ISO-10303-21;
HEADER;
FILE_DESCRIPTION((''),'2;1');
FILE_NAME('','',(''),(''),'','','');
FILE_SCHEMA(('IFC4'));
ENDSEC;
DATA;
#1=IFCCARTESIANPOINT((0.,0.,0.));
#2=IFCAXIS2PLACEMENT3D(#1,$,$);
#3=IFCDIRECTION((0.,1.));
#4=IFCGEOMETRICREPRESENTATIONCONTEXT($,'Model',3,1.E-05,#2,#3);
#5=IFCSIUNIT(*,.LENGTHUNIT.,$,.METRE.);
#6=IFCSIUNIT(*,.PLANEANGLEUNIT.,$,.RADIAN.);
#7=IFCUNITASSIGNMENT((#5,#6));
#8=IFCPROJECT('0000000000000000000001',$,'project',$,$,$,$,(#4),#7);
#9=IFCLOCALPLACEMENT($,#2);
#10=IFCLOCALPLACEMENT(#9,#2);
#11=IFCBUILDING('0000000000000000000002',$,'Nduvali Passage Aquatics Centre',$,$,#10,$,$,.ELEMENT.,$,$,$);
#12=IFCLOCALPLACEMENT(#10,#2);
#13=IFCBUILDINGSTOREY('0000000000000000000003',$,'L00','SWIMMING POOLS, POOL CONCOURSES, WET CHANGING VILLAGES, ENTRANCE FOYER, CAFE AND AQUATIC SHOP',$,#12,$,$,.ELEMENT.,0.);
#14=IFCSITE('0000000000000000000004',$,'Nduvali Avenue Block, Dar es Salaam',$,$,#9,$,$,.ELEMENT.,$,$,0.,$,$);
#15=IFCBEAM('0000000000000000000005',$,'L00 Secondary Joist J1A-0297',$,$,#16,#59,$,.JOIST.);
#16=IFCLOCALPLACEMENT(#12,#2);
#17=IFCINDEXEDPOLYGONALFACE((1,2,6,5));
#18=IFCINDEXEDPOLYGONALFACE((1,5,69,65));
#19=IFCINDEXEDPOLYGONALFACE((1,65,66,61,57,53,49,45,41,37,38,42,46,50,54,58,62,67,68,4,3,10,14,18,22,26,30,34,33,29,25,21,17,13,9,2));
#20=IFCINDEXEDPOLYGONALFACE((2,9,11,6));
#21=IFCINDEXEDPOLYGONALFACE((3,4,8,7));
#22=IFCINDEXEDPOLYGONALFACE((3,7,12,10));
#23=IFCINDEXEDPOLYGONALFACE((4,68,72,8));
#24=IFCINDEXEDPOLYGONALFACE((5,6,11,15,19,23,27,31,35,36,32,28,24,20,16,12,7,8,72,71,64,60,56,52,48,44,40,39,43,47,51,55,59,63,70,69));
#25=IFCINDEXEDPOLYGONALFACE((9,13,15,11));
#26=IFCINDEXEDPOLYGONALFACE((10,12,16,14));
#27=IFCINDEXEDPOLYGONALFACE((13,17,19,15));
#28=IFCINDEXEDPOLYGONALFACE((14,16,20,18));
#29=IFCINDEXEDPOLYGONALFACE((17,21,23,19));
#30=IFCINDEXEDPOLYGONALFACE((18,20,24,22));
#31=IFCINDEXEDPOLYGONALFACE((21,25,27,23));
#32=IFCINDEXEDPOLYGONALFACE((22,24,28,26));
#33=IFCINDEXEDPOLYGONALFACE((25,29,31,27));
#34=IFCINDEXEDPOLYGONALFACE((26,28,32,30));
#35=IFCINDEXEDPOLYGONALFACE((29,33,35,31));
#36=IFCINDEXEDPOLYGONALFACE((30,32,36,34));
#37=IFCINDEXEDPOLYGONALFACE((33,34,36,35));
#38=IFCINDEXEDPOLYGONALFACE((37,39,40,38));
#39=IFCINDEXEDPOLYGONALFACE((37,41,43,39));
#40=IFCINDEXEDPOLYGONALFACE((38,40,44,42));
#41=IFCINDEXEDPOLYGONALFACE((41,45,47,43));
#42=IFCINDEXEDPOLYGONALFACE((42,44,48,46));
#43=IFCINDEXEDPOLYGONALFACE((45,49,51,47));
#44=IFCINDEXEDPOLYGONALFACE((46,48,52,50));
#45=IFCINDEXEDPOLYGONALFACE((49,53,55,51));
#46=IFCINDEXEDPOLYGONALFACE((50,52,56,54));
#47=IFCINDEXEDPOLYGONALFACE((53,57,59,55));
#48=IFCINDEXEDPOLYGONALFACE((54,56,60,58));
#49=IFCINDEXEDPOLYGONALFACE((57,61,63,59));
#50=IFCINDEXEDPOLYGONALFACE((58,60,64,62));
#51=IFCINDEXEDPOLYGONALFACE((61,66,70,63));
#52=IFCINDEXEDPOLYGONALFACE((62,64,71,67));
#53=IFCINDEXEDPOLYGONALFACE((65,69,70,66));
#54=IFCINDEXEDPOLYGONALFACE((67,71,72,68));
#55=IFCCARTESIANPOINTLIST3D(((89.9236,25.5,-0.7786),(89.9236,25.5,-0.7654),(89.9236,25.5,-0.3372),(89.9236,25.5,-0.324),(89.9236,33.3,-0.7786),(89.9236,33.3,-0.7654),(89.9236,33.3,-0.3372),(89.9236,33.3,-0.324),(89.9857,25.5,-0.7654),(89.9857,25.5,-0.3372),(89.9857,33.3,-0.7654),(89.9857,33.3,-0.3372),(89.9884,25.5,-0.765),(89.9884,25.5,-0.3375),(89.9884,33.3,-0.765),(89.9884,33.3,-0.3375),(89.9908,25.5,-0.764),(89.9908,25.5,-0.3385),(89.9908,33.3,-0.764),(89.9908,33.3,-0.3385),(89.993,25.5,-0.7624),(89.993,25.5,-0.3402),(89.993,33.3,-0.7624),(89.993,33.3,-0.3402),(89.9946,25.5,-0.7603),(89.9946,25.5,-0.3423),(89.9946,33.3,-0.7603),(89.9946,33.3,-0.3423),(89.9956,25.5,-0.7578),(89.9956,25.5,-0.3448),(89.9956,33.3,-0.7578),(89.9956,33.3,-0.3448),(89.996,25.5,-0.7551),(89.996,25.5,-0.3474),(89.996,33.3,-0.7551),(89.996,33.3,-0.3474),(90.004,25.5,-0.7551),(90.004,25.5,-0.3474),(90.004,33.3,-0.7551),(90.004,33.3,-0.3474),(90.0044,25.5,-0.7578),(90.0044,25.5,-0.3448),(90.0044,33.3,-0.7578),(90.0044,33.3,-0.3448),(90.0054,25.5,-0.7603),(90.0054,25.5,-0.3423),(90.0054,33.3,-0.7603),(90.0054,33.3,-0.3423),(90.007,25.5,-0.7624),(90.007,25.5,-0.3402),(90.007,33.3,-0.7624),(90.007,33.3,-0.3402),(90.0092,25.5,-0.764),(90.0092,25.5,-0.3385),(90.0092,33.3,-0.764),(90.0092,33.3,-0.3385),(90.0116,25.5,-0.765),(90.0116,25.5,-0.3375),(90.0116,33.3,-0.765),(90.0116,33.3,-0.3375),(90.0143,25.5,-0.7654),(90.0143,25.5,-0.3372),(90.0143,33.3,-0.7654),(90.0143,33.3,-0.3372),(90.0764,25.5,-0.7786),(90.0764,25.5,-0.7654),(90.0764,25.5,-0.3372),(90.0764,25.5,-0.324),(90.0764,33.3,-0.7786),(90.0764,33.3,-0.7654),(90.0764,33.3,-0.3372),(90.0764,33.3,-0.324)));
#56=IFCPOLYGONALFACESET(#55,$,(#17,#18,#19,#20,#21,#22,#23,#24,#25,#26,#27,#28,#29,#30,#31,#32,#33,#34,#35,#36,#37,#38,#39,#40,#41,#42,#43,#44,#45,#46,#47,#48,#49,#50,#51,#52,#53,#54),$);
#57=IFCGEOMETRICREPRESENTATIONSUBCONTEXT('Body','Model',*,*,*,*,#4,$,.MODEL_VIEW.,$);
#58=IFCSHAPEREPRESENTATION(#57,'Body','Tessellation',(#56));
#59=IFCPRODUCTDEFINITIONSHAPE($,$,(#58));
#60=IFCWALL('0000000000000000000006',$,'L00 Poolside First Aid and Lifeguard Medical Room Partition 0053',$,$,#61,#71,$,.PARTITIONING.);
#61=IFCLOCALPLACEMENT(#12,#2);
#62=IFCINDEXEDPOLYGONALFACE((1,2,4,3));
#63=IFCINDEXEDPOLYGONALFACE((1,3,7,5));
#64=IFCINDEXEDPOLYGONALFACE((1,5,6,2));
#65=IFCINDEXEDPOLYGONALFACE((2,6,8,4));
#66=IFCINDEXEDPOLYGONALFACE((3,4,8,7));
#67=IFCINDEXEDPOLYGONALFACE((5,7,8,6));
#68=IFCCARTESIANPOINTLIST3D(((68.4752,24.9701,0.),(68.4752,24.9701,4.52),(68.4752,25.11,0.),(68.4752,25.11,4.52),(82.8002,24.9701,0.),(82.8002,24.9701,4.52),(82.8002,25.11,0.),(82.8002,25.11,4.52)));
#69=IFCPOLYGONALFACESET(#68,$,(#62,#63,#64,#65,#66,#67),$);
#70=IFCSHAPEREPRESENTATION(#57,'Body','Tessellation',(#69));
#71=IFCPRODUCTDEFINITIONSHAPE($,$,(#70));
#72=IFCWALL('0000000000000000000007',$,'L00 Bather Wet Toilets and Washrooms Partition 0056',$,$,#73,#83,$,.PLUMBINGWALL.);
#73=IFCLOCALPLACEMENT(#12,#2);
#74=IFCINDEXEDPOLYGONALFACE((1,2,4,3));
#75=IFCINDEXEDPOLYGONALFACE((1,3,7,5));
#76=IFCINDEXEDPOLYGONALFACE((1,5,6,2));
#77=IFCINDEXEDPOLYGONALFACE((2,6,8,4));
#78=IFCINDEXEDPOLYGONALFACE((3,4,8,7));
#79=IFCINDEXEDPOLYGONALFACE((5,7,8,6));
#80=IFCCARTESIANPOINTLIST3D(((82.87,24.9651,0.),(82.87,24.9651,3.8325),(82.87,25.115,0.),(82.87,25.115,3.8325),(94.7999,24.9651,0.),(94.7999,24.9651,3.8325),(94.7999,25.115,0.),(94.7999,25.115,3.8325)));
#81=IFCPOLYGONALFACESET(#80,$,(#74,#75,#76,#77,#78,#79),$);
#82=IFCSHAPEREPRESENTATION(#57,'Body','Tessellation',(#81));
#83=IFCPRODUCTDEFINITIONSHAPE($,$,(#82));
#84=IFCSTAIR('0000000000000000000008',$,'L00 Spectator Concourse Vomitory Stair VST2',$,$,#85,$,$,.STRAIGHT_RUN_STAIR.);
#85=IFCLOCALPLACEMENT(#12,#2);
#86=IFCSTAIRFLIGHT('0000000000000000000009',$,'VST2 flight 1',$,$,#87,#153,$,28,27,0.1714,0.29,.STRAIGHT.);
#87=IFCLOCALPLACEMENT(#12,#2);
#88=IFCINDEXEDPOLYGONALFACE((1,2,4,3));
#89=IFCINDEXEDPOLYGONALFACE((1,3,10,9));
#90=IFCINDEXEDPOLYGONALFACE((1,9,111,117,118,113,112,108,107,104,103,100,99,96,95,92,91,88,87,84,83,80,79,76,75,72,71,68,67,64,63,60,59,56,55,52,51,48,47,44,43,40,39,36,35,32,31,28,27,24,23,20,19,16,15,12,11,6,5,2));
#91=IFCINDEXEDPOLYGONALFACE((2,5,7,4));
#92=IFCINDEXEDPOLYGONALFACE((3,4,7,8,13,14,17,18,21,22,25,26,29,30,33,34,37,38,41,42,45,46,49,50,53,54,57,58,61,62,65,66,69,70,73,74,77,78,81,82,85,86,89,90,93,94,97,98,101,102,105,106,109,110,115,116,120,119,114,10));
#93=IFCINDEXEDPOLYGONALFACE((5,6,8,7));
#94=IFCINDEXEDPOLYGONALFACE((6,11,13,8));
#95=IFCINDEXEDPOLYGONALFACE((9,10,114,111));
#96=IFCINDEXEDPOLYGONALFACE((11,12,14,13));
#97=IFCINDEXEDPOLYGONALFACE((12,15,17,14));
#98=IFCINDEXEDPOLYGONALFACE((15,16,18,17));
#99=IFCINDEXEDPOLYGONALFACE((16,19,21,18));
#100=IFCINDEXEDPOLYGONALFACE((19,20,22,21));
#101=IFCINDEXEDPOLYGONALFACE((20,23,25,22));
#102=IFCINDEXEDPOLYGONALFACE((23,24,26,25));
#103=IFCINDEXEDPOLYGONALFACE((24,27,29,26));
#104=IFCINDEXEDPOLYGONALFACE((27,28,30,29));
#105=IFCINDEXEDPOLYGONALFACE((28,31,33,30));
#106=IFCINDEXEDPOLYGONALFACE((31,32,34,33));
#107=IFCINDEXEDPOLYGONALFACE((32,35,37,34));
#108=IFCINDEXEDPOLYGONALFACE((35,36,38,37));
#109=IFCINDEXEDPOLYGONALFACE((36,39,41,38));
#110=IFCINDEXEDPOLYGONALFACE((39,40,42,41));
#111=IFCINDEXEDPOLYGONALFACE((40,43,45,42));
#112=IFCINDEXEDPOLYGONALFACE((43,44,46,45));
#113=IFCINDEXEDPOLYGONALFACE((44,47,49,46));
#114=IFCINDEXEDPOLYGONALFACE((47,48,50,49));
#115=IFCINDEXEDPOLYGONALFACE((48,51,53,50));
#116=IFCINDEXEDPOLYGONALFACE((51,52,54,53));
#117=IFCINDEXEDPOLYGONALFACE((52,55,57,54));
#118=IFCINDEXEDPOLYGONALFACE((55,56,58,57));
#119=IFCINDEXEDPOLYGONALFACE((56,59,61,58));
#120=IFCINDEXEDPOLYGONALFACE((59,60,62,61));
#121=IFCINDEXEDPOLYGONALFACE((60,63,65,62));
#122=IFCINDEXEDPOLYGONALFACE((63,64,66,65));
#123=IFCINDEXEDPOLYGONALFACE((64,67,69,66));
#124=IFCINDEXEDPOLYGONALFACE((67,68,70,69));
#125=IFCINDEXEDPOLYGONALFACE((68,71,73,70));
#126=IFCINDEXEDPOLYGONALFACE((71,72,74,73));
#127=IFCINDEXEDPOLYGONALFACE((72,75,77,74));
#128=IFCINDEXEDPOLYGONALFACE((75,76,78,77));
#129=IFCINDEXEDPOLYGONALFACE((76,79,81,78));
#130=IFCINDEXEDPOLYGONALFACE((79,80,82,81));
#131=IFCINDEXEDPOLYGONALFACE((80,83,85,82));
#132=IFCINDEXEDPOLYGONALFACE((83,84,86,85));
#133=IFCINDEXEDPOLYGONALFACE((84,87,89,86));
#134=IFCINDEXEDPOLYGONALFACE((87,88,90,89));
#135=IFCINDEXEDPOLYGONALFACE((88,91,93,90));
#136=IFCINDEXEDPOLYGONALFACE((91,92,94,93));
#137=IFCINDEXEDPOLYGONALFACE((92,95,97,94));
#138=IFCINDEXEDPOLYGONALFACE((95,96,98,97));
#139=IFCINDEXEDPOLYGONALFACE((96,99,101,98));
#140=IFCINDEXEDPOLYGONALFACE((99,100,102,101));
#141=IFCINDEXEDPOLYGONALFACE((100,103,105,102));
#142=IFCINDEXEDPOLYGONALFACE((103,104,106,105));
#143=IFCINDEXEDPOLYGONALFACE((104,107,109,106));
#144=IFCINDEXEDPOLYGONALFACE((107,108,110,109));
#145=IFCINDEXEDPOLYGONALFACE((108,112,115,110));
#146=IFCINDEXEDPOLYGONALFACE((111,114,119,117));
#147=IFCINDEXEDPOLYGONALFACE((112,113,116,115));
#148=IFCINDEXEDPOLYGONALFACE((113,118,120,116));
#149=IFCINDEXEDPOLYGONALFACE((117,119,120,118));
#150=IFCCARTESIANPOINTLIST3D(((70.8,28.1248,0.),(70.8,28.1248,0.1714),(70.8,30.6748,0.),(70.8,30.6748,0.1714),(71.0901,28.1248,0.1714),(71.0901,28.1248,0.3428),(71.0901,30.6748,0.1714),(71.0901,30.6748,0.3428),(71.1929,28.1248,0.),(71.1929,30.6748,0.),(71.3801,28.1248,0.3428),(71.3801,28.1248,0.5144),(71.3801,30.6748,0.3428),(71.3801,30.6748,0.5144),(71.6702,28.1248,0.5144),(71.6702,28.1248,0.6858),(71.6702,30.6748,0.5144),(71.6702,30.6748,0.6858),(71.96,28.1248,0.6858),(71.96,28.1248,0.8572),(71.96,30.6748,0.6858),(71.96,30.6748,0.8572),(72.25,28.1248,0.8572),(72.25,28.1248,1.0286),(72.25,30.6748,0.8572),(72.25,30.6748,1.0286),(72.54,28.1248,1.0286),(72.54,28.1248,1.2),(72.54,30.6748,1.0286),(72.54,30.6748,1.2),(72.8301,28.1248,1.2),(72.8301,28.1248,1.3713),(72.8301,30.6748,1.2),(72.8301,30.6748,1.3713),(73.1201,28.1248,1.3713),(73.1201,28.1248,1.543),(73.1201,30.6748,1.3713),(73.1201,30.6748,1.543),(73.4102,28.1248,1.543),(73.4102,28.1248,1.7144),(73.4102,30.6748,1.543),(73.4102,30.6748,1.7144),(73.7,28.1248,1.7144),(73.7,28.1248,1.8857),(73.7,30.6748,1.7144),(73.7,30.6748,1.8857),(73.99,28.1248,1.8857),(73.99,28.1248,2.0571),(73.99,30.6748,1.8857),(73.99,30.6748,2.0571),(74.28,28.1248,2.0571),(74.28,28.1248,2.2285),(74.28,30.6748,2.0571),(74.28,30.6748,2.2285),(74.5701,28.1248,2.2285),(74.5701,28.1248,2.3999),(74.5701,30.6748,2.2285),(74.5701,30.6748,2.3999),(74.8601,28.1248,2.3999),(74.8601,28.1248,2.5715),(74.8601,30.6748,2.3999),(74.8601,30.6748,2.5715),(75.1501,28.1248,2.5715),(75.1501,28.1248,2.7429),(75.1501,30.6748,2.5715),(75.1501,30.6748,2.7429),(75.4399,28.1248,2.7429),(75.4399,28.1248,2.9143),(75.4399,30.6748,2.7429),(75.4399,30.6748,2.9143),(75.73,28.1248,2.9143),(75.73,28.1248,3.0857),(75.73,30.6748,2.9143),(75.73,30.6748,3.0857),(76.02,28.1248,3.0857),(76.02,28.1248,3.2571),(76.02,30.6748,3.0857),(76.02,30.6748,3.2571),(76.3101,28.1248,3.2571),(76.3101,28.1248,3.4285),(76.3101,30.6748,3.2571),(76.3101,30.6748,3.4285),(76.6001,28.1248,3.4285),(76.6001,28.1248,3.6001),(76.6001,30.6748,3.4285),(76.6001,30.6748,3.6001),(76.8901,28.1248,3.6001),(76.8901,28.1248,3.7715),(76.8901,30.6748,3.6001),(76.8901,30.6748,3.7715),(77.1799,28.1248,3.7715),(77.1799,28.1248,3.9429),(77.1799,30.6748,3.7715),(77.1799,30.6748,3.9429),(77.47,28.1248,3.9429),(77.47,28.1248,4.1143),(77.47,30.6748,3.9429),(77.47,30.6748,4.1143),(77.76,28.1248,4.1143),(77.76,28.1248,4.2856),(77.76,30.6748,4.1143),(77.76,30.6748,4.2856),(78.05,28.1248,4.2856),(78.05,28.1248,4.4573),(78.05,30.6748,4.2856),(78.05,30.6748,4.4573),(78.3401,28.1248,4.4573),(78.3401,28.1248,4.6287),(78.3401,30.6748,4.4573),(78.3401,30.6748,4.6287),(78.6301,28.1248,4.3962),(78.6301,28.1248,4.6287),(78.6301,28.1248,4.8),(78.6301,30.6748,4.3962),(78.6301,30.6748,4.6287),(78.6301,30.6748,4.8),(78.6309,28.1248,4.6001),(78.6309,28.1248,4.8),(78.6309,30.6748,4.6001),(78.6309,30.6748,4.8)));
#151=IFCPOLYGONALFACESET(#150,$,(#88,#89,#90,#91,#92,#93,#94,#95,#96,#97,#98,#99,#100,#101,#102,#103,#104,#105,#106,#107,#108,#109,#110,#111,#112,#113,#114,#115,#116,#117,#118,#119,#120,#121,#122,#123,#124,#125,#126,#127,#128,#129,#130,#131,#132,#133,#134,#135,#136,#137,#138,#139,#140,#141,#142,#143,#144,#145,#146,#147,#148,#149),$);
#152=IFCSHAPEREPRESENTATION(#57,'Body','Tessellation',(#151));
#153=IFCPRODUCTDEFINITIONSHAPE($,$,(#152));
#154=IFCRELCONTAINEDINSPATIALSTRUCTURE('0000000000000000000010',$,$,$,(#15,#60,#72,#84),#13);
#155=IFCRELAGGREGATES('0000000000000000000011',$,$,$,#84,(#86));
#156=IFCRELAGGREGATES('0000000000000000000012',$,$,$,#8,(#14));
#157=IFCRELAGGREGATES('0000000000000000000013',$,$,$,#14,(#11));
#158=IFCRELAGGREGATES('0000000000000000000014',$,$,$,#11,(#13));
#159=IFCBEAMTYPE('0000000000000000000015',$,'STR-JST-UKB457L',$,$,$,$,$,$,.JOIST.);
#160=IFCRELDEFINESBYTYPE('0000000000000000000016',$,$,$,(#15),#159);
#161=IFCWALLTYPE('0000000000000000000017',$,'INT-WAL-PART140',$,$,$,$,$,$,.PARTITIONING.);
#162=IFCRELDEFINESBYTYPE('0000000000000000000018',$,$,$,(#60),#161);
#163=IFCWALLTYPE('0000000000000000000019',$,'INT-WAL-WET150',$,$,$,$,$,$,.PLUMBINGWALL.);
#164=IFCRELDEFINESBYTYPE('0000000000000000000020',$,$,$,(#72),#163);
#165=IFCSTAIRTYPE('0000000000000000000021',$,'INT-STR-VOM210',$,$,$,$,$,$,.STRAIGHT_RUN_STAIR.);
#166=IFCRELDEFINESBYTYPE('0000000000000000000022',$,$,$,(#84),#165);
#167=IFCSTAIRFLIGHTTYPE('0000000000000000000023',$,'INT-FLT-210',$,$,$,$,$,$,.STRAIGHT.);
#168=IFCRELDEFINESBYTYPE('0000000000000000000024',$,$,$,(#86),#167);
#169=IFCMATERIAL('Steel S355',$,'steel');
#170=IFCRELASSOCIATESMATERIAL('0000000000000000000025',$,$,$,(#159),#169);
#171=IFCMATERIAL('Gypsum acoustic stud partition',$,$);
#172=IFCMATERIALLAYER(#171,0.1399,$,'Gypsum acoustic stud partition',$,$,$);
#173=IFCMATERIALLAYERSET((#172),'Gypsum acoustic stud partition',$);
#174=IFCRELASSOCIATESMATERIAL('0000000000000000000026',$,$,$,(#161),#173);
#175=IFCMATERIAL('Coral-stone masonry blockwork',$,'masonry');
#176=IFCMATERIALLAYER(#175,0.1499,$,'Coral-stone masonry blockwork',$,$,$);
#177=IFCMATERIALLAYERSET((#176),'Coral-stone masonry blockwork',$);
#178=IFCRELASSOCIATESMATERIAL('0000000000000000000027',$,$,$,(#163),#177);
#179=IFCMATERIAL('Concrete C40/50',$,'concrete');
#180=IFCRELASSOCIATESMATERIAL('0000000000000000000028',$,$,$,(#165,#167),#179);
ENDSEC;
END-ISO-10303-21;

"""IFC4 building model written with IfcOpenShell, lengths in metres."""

from ifc_helpers import new_model, si_unit, direction, frame, frame_2d, origin, origin_2d, place, context, subcontext, project, spatial, polyline, rectangle, i_section, outline, extrude, material, layer, layer_set, material_profile, profile_set, type_object, element, aggregate, save


model = new_model("IFC4")

# Units and contexts
model_context = context("Model", 3, precision=1e-05, world=origin(), true_north=direction((0.0, 1.0)))
body_context = subcontext(model_context, "Body", "Model", "MODEL_VIEW")
ifc_project = project(units=[si_unit("LENGTHUNIT", "METRE"), si_unit("PLANEANGLEUNIT", "RADIAN")], contexts=[model_context])

# Site, building, storey
site_placement = place(None, origin())
site = spatial("IfcSite", under=ifc_project, at=site_placement, Name="Nduvali Avenue Block, Dar es Salaam", CompositionType="ELEMENT", RefElevation=0.0)
building_placement = place(site_placement, origin())
building = spatial("IfcBuilding", under=site, at=building_placement, Name="Nduvali Passage Aquatics Centre", CompositionType="ELEMENT")
storey_placement = place(building_placement, origin())
storey = spatial("IfcBuildingStorey", under=building, at=storey_placement, Name="L00", Description="SWIMMING POOLS, POOL CONCOURSES, WET CHANGING VILLAGES, ENTRANCE FOYER, CAFE AND AQUATIC SHOP", CompositionType="ELEMENT", Elevation=0.0)

# Shared definitions
ifc_material_1 = material(Name="Concrete C40/50", Category="concrete")

# Beam
ifc_material_2 = material(Name="Steel S355", Category="steel")
ifc_material_profile_1 = material_profile(ifc_material_2, i_section(OverallWidth=0.1528, OverallDepth=0.4546, WebThickness=0.0081, FlangeThickness=0.0132, FilletRadius=0.0103, at=origin_2d()), Name="UKB 457x152x60")
ifc_profile_set_1 = profile_set([ifc_material_profile_1], Name="Steel S355")
beam_type_1 = type_object("IfcBeamType", Name="STR-JST-UKB457L", PredefinedType="JOIST", material=ifc_profile_set_1)
for number, where, z_axis, x_axis, name in (
    (1, (90.0, 25.5, -0.5513), (0.0, 1.0, 0.0), (-1.0, 0.0, 0.0), "L00 Secondary Joist J1A-0297"),
):
    element("IfcBeam", number, at=place(storey_placement, frame(where, z_axis=z_axis, x_axis=x_axis)), inside=storey, type_object=beam_type_1, Name=name, PredefinedType="JOIST", context=body_context, shape_type="SweptSolid", body=[
        extrude(i_section(OverallWidth=0.1528, OverallDepth=0.4546, WebThickness=0.0081, FlangeThickness=0.0132, FilletRadius=0.0103, at=origin_2d()), origin(), (0.0, 0.0, 1.0), 7.8),
    ])

# Walls
ifc_material_3 = material(Name="Gypsum acoustic stud partition")
ifc_layer_1 = layer(ifc_material_3, 0.1399, Name="Gypsum acoustic stud partition")
ifc_layer_set_1 = layer_set([ifc_layer_1], Name="Gypsum acoustic stud partition")
wall_type_1 = type_object("IfcWallType", Name="INT-WAL-PART140", PredefinedType="PARTITIONING", material=ifc_layer_set_1)
wall_1_placement = place(storey_placement, frame((68.4751, 25.04, 0.0), z_axis=(0.0, 0.0, 1.0), x_axis=(1.0, 0.0, 0.0)))
element("IfcWall", 2, at=wall_1_placement, inside=storey, type_object=wall_type_1, Name="L00 Poolside First Aid and Lifeguard Medical Room Partition 0053", PredefinedType="PARTITIONING", context=body_context, shape_type="SweptSolid", body=[
    extrude(rectangle(XDim=14.325, YDim=0.1399, at=frame_2d((7.1626, 0.0))), origin(), (0.0, 0.0, 1.0), 4.52),
])
ifc_material_4 = material(Name="Coral-stone masonry blockwork", Category="masonry")
ifc_layer_2 = layer(ifc_material_4, 0.1499, Name="Coral-stone masonry blockwork")
ifc_layer_set_2 = layer_set([ifc_layer_2], Name="Coral-stone masonry blockwork")
wall_type_2 = type_object("IfcWallType", Name="INT-WAL-WET150", PredefinedType="PLUMBINGWALL", material=ifc_layer_set_2)
wall_2_placement = place(storey_placement, frame((82.8701, 25.04, 0.0), z_axis=(0.0, 0.0, 1.0), x_axis=(1.0, 0.0, 0.0)))
element("IfcWall", 3, at=wall_2_placement, inside=storey, type_object=wall_type_2, Name="L00 Bather Wet Toilets and Washrooms Partition 0056", PredefinedType="PLUMBINGWALL", context=body_context, shape_type="SweptSolid", body=[
    extrude(rectangle(XDim=11.9299, YDim=0.1499, at=frame_2d((5.9648, 0.0))), origin(), (0.0, 0.0, 1.0), 3.8325),
])

# Stair, stair flight
stair_type = type_object("IfcStairType", Name="INT-STR-VOM210", PredefinedType="STRAIGHT_RUN_STAIR", material=ifc_material_1)
stair_placement = place(storey_placement, origin())
stair = element("IfcStair", 4, at=stair_placement, inside=storey, type_object=stair_type, Name="L00 Spectator Concourse Vomitory Stair VST2", PredefinedType="STRAIGHT_RUN_STAIR")
stair_flight_type = type_object("IfcStairFlightType", Name="INT-FLT-210", PredefinedType="STRAIGHT", material=ifc_material_1)
stair_flight_placement = place(storey_placement, frame((70.8, 29.3999, 0.0), z_axis=(0.0, 0.0, 1.0), x_axis=(1.0, 0.0, 0.0)))
stair_flight = element("IfcStairFlight", 5, at=stair_flight_placement, type_object=stair_flight_type, Name="VST2 flight 1", NumberOfRisers=28, NumberOfTreads=27, PredefinedType="STRAIGHT", RiserHeight=0.1714, TreadLength=0.29, context=body_context, shape_type="SweptSolid", body=[
    extrude(outline(polyline([(0.0, 0.0), (0.0, 0.1714), (0.29, 0.1714), (0.29, 0.3428), (0.5801, 0.3428), (0.5801, 0.5144), (0.8701, 0.5144), (0.8701, 0.6858), (1.1599, 0.6858), (1.1599, 0.8572), (1.45, 0.8572), (1.45, 1.0286), (1.74, 1.0286), (1.74, 1.2), (2.03, 1.2), (2.03, 1.3713), (2.3201, 1.3713), (2.3201, 1.543), (2.6101, 1.543), (2.6101, 1.7144), (2.8999, 1.7144), (2.8999, 1.8857), (3.1899, 1.8857), (3.1899, 2.0571), (3.48, 2.0571), (3.48, 2.2285), (3.77, 2.2285), (3.77, 2.3999), (4.0601, 2.3999), (4.0601, 2.5715), (4.3501, 2.5715), (4.3501, 2.7429), (4.6399, 2.7429), (4.6399, 2.9143), (4.9299, 2.9143), (4.9299, 3.0857), (5.22, 3.0857), (5.22, 3.2571), (5.51, 3.2571), (5.51, 3.4285), (5.8, 3.4285), (5.8, 3.6001), (6.0901, 3.6001), (6.0901, 3.7715), (6.3799, 3.7715), (6.3799, 3.9429), (6.6699, 3.9429), (6.6699, 4.1143), (6.96, 4.1143), (6.96, 4.2856), (7.25, 4.2856), (7.25, 4.4573), (7.54, 4.4573), (7.54, 4.6287), (7.8301, 4.6287), (7.8301, 4.8), (7.8308, 4.8), (7.8308, 4.6001), (7.8301, 4.3962), (0.3928, 0.0), (0.0, 0.0)])), frame((0.0, 1.2749, 0.0), z_axis=(0.0, -1.0, 0.0), x_axis=(1.0, 0.0, 0.0)), (0.0, 0.0, 1.0), 2.55),
])
aggregate(stair, [stair_flight])

save(model, "model.ifc")
